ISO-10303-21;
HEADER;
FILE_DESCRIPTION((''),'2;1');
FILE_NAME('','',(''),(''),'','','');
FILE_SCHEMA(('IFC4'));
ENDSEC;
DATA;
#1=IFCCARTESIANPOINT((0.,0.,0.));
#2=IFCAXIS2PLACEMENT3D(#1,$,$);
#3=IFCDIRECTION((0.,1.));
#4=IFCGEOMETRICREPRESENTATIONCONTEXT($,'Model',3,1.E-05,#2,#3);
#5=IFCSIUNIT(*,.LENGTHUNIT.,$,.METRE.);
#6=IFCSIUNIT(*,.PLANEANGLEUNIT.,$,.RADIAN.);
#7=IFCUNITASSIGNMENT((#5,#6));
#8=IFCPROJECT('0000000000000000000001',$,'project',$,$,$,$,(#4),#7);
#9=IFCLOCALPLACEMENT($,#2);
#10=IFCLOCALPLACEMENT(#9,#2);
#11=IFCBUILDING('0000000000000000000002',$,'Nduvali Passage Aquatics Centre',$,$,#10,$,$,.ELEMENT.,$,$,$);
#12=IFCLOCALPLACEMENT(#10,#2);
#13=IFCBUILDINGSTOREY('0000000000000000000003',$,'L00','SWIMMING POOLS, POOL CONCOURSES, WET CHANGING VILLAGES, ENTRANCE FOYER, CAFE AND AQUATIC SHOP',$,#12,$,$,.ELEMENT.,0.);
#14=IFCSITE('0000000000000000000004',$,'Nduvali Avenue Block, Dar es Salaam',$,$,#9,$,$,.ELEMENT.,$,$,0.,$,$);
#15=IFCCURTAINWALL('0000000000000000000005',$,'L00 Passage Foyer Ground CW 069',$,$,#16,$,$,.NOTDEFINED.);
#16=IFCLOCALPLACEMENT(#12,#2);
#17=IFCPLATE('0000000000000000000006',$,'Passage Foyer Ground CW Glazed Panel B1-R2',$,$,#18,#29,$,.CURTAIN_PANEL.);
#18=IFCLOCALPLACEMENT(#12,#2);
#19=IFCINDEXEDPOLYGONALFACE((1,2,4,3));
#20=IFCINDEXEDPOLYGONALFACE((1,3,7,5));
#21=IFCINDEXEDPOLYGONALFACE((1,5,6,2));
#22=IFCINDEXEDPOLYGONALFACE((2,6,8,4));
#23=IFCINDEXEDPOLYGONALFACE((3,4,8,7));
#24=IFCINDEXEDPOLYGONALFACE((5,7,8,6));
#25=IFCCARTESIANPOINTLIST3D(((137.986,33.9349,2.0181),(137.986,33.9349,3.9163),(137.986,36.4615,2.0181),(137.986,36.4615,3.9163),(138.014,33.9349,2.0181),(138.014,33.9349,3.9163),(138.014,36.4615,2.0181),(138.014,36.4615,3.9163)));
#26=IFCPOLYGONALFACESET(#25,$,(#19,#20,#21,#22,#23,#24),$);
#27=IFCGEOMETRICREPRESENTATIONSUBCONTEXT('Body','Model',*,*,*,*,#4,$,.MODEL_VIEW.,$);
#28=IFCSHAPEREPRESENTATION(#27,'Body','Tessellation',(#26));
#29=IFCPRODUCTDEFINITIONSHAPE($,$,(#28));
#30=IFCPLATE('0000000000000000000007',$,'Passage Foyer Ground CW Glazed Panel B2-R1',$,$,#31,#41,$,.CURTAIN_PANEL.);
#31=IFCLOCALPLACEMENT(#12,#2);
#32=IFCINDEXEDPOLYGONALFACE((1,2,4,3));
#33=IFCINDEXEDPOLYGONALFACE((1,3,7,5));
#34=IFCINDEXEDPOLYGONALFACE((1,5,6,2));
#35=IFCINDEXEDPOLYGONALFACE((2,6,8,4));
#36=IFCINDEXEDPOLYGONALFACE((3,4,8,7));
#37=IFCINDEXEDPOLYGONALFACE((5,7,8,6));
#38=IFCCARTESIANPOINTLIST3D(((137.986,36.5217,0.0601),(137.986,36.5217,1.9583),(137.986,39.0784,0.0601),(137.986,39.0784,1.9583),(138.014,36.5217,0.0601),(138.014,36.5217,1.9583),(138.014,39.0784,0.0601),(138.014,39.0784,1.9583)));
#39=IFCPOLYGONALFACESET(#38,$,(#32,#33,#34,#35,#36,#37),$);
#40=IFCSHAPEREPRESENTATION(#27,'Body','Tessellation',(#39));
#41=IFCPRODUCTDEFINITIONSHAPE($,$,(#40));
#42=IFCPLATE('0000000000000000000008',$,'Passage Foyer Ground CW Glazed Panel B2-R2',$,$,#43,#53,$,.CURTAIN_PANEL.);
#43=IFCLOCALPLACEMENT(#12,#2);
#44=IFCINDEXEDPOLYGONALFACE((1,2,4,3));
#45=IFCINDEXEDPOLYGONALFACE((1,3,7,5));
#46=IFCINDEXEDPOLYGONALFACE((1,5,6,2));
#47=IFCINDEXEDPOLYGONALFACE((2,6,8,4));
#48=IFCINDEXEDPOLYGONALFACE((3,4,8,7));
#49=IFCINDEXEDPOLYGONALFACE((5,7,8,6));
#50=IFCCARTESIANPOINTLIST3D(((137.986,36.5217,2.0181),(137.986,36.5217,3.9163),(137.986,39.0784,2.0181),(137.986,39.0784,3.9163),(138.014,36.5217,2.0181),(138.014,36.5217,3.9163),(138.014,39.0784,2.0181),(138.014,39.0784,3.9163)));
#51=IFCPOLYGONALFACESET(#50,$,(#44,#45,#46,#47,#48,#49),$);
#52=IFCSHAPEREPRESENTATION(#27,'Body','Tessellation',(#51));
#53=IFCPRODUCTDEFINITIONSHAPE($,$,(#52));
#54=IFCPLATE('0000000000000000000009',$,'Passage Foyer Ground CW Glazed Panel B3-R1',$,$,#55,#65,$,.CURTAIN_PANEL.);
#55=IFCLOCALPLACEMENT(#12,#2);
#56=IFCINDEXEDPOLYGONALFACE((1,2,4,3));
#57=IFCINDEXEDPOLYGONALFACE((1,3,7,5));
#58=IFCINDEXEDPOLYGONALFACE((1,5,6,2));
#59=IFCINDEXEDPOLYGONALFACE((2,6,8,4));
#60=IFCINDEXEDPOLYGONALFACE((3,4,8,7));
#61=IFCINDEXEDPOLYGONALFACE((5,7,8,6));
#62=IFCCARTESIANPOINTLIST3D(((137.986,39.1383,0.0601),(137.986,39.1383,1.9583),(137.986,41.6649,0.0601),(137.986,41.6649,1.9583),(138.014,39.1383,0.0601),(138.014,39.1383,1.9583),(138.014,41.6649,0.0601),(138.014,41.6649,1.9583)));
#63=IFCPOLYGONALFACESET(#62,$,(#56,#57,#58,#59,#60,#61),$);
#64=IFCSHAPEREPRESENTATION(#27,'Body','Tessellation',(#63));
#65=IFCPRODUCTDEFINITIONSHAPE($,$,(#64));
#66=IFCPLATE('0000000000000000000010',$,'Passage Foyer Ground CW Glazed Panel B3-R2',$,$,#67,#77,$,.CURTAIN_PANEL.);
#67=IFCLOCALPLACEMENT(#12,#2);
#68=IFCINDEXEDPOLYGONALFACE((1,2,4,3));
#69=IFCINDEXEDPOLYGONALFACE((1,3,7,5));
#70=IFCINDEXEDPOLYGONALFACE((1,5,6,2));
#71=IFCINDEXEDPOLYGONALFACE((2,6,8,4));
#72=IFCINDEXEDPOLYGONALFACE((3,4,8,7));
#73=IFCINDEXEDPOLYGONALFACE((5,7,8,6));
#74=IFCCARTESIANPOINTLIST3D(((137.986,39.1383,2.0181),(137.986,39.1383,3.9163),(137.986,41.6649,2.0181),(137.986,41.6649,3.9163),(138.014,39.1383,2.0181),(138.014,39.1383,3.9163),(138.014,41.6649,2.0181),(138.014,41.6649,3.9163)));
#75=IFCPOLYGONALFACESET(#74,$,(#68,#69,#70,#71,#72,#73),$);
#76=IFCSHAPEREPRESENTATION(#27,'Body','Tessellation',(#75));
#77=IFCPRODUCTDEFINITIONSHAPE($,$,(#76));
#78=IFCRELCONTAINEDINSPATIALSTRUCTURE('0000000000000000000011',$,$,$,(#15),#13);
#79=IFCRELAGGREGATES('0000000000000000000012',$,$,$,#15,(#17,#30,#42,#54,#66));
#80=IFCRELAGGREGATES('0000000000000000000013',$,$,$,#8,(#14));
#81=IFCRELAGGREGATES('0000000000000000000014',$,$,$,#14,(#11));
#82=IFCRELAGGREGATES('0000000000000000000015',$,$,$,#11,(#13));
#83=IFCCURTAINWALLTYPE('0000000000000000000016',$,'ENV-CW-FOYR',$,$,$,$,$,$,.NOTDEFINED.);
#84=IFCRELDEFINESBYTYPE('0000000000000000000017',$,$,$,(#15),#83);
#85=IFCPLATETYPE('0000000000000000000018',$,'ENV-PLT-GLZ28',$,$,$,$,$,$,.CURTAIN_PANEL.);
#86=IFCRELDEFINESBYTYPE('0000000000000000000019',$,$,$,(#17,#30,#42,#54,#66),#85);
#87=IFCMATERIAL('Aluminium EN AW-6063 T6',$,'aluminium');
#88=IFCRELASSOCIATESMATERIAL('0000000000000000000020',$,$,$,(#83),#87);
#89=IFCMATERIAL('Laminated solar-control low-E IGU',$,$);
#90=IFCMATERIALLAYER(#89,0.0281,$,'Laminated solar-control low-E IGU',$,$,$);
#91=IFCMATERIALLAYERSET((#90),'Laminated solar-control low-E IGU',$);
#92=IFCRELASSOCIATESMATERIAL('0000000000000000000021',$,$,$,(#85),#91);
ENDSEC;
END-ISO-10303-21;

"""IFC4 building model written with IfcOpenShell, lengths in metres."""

from ifc_helpers import new_model, si_unit, direction, frame, origin, origin_2d, place, context, subcontext, project, spatial, rectangle, extrude, material, layer, layer_set, type_object, element, aggregate, save


model = new_model("IFC4")

# Units and contexts
model_context = context("Model", 3, precision=1e-05, world=origin(), true_north=direction((0.0, 1.0)))
body_context = subcontext(model_context, "Body", "Model", "MODEL_VIEW")
ifc_project = project(units=[si_unit("LENGTHUNIT", "METRE"), si_unit("PLANEANGLEUNIT", "RADIAN")], contexts=[model_context])

# Site, building, storey
site_placement = place(None, origin())
site = spatial("IfcSite", under=ifc_project, at=site_placement, Name="Nduvali Avenue Block, Dar es Salaam", CompositionType="ELEMENT", RefElevation=0.0)
building_placement = place(site_placement, origin())
building = spatial("IfcBuilding", under=site, at=building_placement, Name="Nduvali Passage Aquatics Centre", CompositionType="ELEMENT")
storey_placement = place(building_placement, origin())
storey = spatial("IfcBuildingStorey", under=building, at=storey_placement, Name="L00", Description="SWIMMING POOLS, POOL CONCOURSES, WET CHANGING VILLAGES, ENTRANCE FOYER, CAFE AND AQUATIC SHOP", CompositionType="ELEMENT", Elevation=0.0)

# Curtain wall
ifc_material_1 = material(Name="Aluminium EN AW-6063 T6", Category="aluminium")
curtain_wall_type = type_object("IfcCurtainWallType", Name="ENV-CW-FOYR", PredefinedType="NOTDEFINED", material=ifc_material_1)
curtain_wall_1_placement = place(storey_placement, origin())
curtain_wall_1 = element("IfcCurtainWall", 1, at=curtain_wall_1_placement, inside=storey, type_object=curtain_wall_type, Name="L00 Passage Foyer Ground CW 069", PredefinedType="NOTDEFINED")

# Plates
ifc_material_2 = material(Name="Laminated solar-control low-E IGU")
ifc_layer = layer(ifc_material_2, 0.0281, Name="Laminated solar-control low-E IGU")
ifc_layer_set = layer_set([ifc_layer], Name="Laminated solar-control low-E IGU")
plate_type = type_object("IfcPlateType", Name="ENV-PLT-GLZ28", PredefinedType="CURTAIN_PANEL", material=ifc_layer_set)
plate_1_placement = place(storey_placement, frame((138.0, 35.1982, 2.0181), z_axis=(0.0, 0.0, 1.0), x_axis=(0.0, 1.0, 0.0)))
plate_1 = element("IfcPlate", 2, at=plate_1_placement, type_object=plate_type, Name="Passage Foyer Ground CW Glazed Panel B1-R2", PredefinedType="CURTAIN_PANEL", context=body_context, shape_type="SweptSolid", body=[
    extrude(rectangle(XDim=2.5266, YDim=0.0281, at=origin_2d()), origin(), (0.0, 0.0, 1.0), 1.8982),
])
plate_2_placement = place(storey_placement, frame((138.0, 37.8, 0.0601), z_axis=(0.0, 0.0, 1.0), x_axis=(0.0, 1.0, 0.0)))
plate_2 = element("IfcPlate", 3, at=plate_2_placement, type_object=plate_type, Name="Passage Foyer Ground CW Glazed Panel B2-R1", PredefinedType="CURTAIN_PANEL", context=body_context, shape_type="SweptSolid", body=[
    extrude(rectangle(XDim=2.5566, YDim=0.0281, at=origin_2d()), origin(), (0.0, 0.0, 1.0), 1.8982),
])
plate_3_placement = place(storey_placement, frame((138.0, 37.8, 2.0181), z_axis=(0.0, 0.0, 1.0), x_axis=(0.0, 1.0, 0.0)))
plate_3 = element("IfcPlate", 4, at=plate_3_placement, type_object=plate_type, Name="Passage Foyer Ground CW Glazed Panel B2-R2", PredefinedType="CURTAIN_PANEL", context=body_context, shape_type="SweptSolid", body=[
    extrude(rectangle(XDim=2.5566, YDim=0.0281, at=origin_2d()), origin(), (0.0, 0.0, 1.0), 1.8982),
])
plate_4_placement = place(storey_placement, frame((138.0, 40.4016, 0.0601), z_axis=(0.0, 0.0, 1.0), x_axis=(0.0, 1.0, 0.0)))
plate_4 = element("IfcPlate", 5, at=plate_4_placement, type_object=plate_type, Name="Passage Foyer Ground CW Glazed Panel B3-R1", PredefinedType="CURTAIN_PANEL", context=body_context, shape_type="SweptSolid", body=[
    extrude(rectangle(XDim=2.5266, YDim=0.0281, at=origin_2d()), origin(), (0.0, 0.0, 1.0), 1.8982),
])
plate_5_placement = place(storey_placement, frame((138.0, 40.4016, 2.0181), z_axis=(0.0, 0.0, 1.0), x_axis=(0.0, 1.0, 0.0)))
plate_5 = element("IfcPlate", 6, at=plate_5_placement, type_object=plate_type, Name="Passage Foyer Ground CW Glazed Panel B3-R2", PredefinedType="CURTAIN_PANEL", context=body_context, shape_type="SweptSolid", body=[
    extrude(rectangle(XDim=2.5266, YDim=0.0281, at=origin_2d()), origin(), (0.0, 0.0, 1.0), 1.8982),
])
aggregate(curtain_wall_1, [plate_1, plate_2, plate_3, plate_4, plate_5])

save(model, "model.ifc")
